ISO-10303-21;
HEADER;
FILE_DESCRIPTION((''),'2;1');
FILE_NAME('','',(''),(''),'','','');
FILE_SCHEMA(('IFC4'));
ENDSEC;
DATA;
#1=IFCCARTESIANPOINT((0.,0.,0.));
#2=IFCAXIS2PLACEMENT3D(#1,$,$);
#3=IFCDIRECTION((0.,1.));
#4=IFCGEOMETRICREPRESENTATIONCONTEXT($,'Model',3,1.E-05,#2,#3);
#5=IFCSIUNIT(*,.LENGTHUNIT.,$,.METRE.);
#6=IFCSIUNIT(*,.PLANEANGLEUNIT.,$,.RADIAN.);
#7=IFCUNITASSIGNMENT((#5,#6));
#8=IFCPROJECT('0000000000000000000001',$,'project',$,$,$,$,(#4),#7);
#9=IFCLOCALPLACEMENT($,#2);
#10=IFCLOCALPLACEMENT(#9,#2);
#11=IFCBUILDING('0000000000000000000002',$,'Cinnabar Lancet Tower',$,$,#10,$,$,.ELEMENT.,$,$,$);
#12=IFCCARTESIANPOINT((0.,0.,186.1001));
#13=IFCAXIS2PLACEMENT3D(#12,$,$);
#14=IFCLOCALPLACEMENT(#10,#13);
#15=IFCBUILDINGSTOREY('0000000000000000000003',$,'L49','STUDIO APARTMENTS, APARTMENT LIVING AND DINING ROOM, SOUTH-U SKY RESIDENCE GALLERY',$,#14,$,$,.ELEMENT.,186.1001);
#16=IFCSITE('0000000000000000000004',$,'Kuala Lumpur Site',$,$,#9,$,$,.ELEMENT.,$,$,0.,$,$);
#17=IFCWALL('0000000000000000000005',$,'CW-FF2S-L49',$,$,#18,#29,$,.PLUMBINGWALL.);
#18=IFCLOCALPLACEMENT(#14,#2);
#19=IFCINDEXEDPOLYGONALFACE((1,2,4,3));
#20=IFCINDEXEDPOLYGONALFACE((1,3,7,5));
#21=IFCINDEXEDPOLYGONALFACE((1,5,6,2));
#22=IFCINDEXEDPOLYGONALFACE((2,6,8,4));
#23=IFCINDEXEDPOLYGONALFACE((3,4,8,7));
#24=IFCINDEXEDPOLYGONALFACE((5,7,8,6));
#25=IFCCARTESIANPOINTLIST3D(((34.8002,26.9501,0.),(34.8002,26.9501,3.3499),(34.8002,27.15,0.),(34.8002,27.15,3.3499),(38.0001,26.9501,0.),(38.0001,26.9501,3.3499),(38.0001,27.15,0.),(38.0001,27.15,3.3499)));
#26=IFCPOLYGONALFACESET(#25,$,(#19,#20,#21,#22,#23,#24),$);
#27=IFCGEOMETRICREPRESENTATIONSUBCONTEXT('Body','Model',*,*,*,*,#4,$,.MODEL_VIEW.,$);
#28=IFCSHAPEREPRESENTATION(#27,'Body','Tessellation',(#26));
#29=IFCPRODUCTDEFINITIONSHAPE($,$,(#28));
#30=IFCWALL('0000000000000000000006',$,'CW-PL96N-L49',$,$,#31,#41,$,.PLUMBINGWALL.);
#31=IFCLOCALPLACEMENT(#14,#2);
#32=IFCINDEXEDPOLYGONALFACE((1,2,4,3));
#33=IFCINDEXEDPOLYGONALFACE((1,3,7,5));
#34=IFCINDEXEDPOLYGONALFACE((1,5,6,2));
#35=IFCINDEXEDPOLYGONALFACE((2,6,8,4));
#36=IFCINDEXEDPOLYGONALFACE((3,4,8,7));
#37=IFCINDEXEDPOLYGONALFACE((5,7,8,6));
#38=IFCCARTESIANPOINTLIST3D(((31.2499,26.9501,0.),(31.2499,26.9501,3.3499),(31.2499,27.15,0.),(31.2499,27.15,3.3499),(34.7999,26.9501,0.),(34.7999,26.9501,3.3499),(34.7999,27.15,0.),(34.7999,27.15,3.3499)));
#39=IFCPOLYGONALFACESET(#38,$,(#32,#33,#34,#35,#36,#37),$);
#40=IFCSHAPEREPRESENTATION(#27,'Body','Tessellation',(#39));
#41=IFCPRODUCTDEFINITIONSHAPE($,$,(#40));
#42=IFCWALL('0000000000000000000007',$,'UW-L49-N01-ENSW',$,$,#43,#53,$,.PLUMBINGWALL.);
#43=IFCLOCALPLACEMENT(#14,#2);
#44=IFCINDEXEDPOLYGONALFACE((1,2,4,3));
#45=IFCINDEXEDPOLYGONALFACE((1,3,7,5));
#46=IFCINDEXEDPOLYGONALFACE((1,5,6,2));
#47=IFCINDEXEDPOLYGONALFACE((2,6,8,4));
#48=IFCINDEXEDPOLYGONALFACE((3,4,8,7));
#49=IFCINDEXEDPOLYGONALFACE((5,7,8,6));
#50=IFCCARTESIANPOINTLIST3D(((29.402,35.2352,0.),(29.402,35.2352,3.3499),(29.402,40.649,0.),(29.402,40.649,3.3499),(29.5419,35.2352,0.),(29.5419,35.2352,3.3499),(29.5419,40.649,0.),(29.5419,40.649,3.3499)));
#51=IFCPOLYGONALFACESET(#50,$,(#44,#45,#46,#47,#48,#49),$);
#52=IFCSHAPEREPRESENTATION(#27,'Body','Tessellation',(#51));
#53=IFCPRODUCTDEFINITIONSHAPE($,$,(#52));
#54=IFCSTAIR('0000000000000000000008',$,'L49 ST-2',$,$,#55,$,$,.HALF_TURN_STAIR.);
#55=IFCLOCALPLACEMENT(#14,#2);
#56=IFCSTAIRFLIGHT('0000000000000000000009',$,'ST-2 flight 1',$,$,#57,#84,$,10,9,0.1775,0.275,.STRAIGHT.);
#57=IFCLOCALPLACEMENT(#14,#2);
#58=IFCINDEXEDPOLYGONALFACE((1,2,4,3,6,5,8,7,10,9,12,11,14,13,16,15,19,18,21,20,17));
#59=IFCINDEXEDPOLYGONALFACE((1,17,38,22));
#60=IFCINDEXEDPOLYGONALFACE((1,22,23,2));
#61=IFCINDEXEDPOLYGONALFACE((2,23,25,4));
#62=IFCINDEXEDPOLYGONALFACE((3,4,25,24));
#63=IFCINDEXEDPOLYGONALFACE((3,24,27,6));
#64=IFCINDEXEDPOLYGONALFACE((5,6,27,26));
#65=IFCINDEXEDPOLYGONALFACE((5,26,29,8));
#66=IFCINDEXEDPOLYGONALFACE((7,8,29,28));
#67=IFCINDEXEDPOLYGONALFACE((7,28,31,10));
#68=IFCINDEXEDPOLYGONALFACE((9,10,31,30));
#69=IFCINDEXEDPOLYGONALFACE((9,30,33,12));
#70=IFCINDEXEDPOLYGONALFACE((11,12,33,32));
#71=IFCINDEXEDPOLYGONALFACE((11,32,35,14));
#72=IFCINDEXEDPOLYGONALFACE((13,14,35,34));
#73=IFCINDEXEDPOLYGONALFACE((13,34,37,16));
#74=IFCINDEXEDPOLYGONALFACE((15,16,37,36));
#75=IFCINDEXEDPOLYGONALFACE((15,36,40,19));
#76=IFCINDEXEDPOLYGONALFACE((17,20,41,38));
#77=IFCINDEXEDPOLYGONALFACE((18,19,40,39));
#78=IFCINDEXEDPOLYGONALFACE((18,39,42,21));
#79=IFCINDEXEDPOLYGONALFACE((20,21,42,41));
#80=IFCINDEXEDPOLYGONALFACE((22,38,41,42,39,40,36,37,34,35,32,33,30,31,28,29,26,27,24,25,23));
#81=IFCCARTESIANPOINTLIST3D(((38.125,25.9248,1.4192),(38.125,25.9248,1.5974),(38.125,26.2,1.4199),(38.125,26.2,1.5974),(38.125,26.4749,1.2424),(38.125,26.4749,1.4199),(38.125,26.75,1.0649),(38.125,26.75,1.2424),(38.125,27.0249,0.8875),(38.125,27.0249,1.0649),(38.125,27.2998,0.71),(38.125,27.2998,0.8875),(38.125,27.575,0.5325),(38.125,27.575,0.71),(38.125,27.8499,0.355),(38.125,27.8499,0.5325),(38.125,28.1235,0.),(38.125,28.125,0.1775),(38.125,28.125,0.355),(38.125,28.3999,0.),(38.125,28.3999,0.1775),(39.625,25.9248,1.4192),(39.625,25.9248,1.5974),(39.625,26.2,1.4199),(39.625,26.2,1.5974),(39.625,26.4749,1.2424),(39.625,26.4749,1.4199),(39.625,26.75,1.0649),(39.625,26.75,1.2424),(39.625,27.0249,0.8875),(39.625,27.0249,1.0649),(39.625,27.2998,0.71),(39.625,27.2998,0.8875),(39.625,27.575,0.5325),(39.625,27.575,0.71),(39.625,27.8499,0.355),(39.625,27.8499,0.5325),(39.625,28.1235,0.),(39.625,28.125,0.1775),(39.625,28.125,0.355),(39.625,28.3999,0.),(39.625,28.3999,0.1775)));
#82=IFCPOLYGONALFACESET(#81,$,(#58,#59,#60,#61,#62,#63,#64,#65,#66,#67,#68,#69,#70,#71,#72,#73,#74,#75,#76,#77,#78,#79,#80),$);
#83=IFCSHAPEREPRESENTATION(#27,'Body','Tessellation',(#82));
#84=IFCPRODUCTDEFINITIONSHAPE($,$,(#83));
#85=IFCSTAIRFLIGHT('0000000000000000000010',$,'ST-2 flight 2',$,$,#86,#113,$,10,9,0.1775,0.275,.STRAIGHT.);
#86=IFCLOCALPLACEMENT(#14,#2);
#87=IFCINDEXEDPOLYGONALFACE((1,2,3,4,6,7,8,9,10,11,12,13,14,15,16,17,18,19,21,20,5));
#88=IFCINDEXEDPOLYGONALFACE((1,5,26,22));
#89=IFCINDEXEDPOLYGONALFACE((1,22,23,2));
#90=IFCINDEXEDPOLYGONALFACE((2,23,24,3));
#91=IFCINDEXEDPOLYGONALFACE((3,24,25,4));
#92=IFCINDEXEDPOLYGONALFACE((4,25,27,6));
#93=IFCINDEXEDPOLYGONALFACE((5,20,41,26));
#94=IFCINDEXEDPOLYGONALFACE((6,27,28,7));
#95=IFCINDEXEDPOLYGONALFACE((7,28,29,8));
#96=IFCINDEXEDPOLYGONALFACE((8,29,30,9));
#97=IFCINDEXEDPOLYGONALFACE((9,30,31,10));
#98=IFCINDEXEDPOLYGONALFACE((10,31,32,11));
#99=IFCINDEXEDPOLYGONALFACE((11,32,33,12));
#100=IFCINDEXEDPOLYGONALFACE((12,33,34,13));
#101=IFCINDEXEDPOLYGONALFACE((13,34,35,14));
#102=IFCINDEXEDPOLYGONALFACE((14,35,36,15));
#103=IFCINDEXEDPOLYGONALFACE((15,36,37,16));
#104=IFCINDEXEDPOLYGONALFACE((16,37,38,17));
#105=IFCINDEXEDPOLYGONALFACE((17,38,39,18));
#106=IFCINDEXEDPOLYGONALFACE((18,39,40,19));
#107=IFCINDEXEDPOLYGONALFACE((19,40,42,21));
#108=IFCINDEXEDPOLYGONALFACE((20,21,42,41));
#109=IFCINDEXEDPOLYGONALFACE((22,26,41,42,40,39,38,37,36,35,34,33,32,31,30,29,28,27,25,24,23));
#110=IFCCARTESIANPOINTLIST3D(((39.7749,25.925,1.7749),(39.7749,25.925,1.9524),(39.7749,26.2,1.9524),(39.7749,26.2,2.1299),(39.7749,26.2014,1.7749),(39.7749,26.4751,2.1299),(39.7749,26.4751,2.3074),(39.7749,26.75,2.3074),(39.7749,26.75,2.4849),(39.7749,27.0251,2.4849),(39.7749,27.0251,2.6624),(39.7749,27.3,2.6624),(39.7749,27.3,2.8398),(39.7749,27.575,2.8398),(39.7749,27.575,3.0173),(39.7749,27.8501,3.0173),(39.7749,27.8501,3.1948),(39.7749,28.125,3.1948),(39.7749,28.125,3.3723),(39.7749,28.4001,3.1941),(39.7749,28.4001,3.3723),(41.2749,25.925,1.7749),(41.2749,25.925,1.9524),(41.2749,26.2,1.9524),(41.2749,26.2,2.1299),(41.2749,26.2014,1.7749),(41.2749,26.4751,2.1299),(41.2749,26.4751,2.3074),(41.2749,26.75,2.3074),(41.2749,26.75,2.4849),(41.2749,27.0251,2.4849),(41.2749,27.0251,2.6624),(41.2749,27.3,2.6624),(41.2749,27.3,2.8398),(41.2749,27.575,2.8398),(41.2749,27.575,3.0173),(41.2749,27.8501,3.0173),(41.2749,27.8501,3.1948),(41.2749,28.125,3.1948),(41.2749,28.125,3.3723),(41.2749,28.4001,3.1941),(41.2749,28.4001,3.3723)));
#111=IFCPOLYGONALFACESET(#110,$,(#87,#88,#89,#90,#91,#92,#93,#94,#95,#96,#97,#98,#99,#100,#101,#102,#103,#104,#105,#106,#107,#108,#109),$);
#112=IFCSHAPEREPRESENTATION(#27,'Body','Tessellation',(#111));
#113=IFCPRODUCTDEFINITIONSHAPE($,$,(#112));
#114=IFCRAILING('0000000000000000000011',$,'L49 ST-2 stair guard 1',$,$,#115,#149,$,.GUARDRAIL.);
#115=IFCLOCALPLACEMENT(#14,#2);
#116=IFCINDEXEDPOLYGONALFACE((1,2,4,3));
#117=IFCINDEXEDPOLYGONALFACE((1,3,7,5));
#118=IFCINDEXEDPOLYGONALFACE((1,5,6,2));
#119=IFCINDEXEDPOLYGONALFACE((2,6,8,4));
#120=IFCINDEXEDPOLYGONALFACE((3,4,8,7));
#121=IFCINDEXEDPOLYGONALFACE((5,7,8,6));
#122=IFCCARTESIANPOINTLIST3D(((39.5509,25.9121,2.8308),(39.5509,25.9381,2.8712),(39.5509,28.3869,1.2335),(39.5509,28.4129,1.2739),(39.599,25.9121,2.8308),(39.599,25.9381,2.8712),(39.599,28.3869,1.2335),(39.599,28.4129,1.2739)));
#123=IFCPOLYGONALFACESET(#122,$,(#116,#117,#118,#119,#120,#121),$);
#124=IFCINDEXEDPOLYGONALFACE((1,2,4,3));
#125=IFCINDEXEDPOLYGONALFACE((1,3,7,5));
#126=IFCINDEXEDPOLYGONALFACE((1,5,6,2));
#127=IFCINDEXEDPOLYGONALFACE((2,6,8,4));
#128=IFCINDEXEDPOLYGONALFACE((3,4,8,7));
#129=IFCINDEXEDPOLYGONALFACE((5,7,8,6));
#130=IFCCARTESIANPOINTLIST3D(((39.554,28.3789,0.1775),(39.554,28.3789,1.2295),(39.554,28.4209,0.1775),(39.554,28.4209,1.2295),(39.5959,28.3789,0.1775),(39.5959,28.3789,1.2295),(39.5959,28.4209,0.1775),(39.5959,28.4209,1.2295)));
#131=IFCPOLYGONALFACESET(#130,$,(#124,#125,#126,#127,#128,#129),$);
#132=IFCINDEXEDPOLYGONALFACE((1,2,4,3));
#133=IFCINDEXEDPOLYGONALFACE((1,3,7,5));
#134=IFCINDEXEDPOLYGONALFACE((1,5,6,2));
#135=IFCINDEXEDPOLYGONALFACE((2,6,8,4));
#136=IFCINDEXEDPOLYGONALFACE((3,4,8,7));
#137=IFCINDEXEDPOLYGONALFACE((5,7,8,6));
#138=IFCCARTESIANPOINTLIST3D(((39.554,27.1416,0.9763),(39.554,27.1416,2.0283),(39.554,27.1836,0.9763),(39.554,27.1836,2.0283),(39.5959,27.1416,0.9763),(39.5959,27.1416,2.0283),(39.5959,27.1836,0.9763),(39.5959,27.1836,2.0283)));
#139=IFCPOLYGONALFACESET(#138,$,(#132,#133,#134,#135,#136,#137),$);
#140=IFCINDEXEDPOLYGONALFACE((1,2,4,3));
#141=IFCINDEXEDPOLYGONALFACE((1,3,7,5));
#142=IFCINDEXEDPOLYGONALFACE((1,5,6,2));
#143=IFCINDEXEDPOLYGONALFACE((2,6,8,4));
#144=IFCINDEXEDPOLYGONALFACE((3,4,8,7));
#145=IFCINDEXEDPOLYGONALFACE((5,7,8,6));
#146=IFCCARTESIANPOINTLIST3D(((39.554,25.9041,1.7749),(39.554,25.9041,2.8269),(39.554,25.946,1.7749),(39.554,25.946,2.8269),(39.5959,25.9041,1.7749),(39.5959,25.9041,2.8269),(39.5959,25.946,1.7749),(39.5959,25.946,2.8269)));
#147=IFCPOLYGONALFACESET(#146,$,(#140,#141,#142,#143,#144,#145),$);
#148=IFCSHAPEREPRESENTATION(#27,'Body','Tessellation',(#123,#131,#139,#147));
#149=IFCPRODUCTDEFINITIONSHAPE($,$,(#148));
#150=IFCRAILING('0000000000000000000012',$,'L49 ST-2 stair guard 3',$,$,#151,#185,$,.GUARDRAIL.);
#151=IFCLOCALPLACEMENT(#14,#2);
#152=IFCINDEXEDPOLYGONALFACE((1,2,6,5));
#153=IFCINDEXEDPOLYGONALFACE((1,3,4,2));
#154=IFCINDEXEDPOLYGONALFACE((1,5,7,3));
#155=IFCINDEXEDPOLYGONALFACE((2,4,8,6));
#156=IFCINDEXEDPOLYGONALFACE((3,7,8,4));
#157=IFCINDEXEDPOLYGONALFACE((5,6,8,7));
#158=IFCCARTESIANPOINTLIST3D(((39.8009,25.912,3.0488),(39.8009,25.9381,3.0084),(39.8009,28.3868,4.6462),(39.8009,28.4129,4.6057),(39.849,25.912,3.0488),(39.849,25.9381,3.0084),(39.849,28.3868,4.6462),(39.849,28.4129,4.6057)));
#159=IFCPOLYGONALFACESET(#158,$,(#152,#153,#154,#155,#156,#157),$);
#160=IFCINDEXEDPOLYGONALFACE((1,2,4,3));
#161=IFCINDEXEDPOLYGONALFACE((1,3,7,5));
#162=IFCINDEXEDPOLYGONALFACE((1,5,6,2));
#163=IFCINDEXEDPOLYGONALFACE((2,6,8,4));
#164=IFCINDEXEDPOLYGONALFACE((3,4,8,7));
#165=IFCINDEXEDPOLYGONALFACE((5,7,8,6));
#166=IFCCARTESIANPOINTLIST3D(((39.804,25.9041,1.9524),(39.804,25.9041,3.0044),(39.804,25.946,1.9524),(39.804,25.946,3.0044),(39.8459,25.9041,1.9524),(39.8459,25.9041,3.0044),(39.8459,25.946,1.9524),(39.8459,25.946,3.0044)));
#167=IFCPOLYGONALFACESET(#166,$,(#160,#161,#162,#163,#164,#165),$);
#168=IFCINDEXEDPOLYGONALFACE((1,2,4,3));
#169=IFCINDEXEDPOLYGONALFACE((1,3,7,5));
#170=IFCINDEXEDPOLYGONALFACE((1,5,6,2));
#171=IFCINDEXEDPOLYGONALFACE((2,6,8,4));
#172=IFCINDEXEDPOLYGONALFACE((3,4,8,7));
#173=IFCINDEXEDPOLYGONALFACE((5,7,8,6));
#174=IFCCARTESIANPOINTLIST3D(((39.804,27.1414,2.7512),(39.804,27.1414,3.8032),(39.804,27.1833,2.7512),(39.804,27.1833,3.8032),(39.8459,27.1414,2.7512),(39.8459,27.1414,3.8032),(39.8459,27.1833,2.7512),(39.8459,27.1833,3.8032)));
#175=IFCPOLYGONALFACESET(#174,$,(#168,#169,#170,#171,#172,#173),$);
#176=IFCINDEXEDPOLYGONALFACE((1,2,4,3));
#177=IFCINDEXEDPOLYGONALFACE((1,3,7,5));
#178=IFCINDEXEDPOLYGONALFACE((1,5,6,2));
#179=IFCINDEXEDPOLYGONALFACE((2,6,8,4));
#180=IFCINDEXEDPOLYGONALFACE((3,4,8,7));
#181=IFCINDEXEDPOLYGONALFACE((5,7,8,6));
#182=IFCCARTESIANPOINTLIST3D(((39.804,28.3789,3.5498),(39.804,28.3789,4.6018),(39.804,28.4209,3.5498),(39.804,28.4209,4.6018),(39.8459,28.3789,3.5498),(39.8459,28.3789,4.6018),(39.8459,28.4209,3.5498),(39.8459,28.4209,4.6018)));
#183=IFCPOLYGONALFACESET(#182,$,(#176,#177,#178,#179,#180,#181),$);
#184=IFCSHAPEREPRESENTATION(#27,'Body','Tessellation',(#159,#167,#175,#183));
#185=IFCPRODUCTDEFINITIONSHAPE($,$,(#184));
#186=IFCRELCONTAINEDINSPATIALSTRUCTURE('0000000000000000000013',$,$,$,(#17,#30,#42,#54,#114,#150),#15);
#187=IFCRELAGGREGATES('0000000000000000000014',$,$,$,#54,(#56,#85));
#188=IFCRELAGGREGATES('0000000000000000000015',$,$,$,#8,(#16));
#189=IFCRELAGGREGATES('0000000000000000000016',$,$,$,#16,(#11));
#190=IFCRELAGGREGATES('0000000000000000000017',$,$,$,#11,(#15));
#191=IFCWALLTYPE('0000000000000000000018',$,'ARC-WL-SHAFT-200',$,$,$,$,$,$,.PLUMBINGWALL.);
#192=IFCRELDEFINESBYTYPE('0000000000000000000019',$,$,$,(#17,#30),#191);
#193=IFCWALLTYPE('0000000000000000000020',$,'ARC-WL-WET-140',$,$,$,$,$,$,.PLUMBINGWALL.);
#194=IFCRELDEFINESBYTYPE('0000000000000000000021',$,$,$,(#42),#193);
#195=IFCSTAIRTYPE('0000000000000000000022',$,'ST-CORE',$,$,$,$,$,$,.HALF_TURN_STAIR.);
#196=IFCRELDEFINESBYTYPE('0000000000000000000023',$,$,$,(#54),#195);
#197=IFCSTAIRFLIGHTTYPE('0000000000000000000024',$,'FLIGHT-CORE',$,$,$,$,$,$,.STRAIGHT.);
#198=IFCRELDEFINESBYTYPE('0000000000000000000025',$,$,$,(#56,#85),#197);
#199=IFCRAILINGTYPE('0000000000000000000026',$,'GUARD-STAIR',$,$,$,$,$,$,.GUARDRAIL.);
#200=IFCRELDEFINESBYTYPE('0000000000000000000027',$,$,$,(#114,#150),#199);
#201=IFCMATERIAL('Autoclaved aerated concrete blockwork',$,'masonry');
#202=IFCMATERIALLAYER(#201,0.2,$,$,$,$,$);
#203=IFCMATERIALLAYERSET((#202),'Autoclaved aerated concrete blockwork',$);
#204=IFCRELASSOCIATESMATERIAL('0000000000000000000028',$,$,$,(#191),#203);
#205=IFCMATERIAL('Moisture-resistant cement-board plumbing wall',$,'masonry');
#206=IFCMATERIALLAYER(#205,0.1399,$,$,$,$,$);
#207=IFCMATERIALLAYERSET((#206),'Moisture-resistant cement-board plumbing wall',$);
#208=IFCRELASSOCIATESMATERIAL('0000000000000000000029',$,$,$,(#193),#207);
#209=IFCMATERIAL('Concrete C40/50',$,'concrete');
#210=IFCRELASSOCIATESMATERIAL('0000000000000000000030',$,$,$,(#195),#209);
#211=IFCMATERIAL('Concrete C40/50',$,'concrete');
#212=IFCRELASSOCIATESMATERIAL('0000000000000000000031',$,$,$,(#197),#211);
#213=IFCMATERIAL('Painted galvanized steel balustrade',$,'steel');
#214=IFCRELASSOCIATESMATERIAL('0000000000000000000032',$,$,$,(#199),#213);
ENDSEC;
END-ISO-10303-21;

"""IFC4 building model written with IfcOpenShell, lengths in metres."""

from ifc_helpers import new_model, si_unit, direction, frame, frame_2d, origin, origin_2d, place, context, subcontext, project, spatial, polyline, rectangle, outline, extrude, material, layer, layer_set, type_object, element, aggregate, save


model = new_model("IFC4")

# Units and contexts
model_context = context("Model", 3, precision=1e-05, world=origin(), true_north=direction((0.0, 1.0)))
body_context = subcontext(model_context, "Body", "Model", "MODEL_VIEW")
ifc_project = project(units=[si_unit("LENGTHUNIT", "METRE"), si_unit("PLANEANGLEUNIT", "RADIAN")], contexts=[model_context])

# Site, building, storey
site_placement = place(None, origin())
site = spatial("IfcSite", under=ifc_project, at=site_placement, Name="Kuala Lumpur Site", CompositionType="ELEMENT", RefElevation=0.0)
building_placement = place(site_placement, origin())
building = spatial("IfcBuilding", under=site, at=building_placement, Name="Cinnabar Lancet Tower", CompositionType="ELEMENT")
storey_placement = place(building_placement, frame((0.0, 0.0, 186.1001)))
storey = spatial("IfcBuildingStorey", under=building, at=storey_placement, Name="L49", Description="STUDIO APARTMENTS, APARTMENT LIVING AND DINING ROOM, SOUTH-U SKY RESIDENCE GALLERY", CompositionType="ELEMENT", Elevation=186.1001)

# Shared definitions
ifc_material_1 = material(Name="Autoclaved aerated concrete blockwork", Category="masonry")
ifc_layer_1 = layer(ifc_material_1, 0.2)
ifc_layer_set_1 = layer_set([ifc_layer_1], Name="Autoclaved aerated concrete blockwork")
wall_type_1 = type_object("IfcWallType", Name="ARC-WL-SHAFT-200", PredefinedType="PLUMBINGWALL", material=ifc_layer_set_1)

# Walls
wall_1_placement = place(storey_placement, frame((34.8, 27.05, 0.0), z_axis=(0.0, 0.0, 1.0), x_axis=(1.0, 0.0, 0.0)))
element("IfcWall", 1, at=wall_1_placement, inside=storey, type_object=wall_type_1, Name="CW-FF2S-L49", PredefinedType="PLUMBINGWALL", context=body_context, shape_type="SweptSolid", body=[
    extrude(rectangle(XDim=3.2, YDim=0.2, at=frame_2d((1.6001, 0.0))), origin(), (0.0, 0.0, 1.0), 3.3499),
])
wall_2_placement = place(storey_placement, frame((31.25, 27.05, 0.0), z_axis=(0.0, 0.0, 1.0), x_axis=(1.0, 0.0, 0.0)))
element("IfcWall", 2, at=wall_2_placement, inside=storey, type_object=wall_type_1, Name="CW-PL96N-L49", PredefinedType="PLUMBINGWALL", context=body_context, shape_type="SweptSolid", body=[
    extrude(rectangle(XDim=3.55, YDim=0.2, at=frame_2d((1.7749, 0.0))), origin(), (0.0, 0.0, 1.0), 3.3499),
])
ifc_material_2 = material(Name="Moisture-resistant cement-board plumbing wall", Category="masonry")
ifc_layer_2 = layer(ifc_material_2, 0.1399)
ifc_layer_set_2 = layer_set([ifc_layer_2], Name="Moisture-resistant cement-board plumbing wall")
wall_type_2 = type_object("IfcWallType", Name="ARC-WL-WET-140", PredefinedType="PLUMBINGWALL", material=ifc_layer_set_2)
wall_3_placement = place(storey_placement, frame((29.4719, 35.2351, 0.0), z_axis=(0.0, 0.0, 1.0), x_axis=(0.0, 1.0, 0.0)))
element("IfcWall", 3, at=wall_3_placement, inside=storey, type_object=wall_type_2, Name="UW-L49-N01-ENSW", PredefinedType="PLUMBINGWALL", context=body_context, shape_type="SweptSolid", body=[
    extrude(rectangle(XDim=5.4138, YDim=0.1399, at=frame_2d((2.707, 0.0))), origin(), (0.0, 0.0, 1.0), 3.3499),
])

# Stair, stair flights
ifc_material_3 = material(Name="Concrete C40/50", Category="concrete")
stair_type = type_object("IfcStairType", Name="ST-CORE", PredefinedType="HALF_TURN_STAIR", material=ifc_material_3)
stair_placement = place(storey_placement, origin())
stair = element("IfcStair", 4, at=stair_placement, inside=storey, type_object=stair_type, Name="L49 ST-2", PredefinedType="HALF_TURN_STAIR")
ifc_material_4 = material(Name="Concrete C40/50", Category="concrete")
stair_flight_type = type_object("IfcStairFlightType", Name="FLIGHT-CORE", PredefinedType="STRAIGHT", material=ifc_material_4)
stair_flight_1_placement = place(storey_placement, frame((38.875, 28.3999, 0.0), z_axis=(0.0, 0.0, 1.0), x_axis=(0.0, -1.0, 0.0)))
stair_flight_1 = element("IfcStairFlight", 5, at=stair_flight_1_placement, type_object=stair_flight_type, Name="ST-2 flight 1", NumberOfRisers=10, NumberOfTreads=9, PredefinedType="STRAIGHT", RiserHeight=0.1775, TreadLength=0.275, context=body_context, shape_type="SweptSolid", body=[
    extrude(outline(polyline([(0.0, 0.0), (0.0, 0.1775), (0.2749, 0.1775), (0.2749, 0.355), (0.55, 0.355), (0.55, 0.5325), (0.825, 0.5325), (0.825, 0.71), (1.1001, 0.71), (1.1001, 0.8875), (1.375, 0.8875), (1.375, 1.0649), (1.6499, 1.0649), (1.6499, 1.2424), (1.925, 1.2424), (1.925, 1.4199), (2.2, 1.4199), (2.2, 1.5974), (2.4751, 1.5974), (2.4751, 1.7749), (2.4751, 1.4192), (0.2764, 0.0), (0.0, 0.0)])), frame((0.0, 0.75, 0.0), z_axis=(0.0, -1.0, 0.0), x_axis=(1.0, 0.0, 0.0)), (0.0, 0.0, 1.0), 1.5),
])
stair_flight_2_placement = place(storey_placement, frame((40.5249, 25.925, 1.7749), z_axis=(0.0, 0.0, 1.0), x_axis=(0.0, 1.0, 0.0)))
stair_flight_2 = element("IfcStairFlight", 6, at=stair_flight_2_placement, type_object=stair_flight_type, Name="ST-2 flight 2", NumberOfRisers=10, NumberOfTreads=9, PredefinedType="STRAIGHT", RiserHeight=0.1775, TreadLength=0.275, context=body_context, shape_type="SweptSolid", body=[
    extrude(outline(polyline([(0.0, 0.0), (0.0, 0.1775), (0.2749, 0.1775), (0.2749, 0.355), (0.55, 0.355), (0.55, 0.5325), (0.825, 0.5325), (0.825, 0.71), (1.1001, 0.71), (1.1001, 0.8875), (1.375, 0.8875), (1.375, 1.0649), (1.6499, 1.0649), (1.6499, 1.2424), (1.925, 1.2424), (1.925, 1.4199), (2.2, 1.4199), (2.2, 1.5974), (2.4751, 1.5974), (2.4751, 1.7749), (2.4751, 1.4192), (0.2764, 0.0), (0.0, 0.0)])), frame((0.0, 0.75, 0.0), z_axis=(0.0, -1.0, 0.0), x_axis=(1.0, 0.0, 0.0)), (0.0, 0.0, 1.0), 1.5),
])
aggregate(stair, [stair_flight_1, stair_flight_2])

# Railings
ifc_material_5 = material(Name="Painted galvanized steel balustrade", Category="steel")
railing_type_1 = type_object("IfcRailingType", Name="GUARD-STAIR", PredefinedType="GUARDRAIL", material=ifc_material_5)
railing_1_placement = place(storey_placement, frame((39.575, 28.3999, 0.1775)))
element("IfcRailing", 7, at=railing_1_placement, inside=storey, type_object=railing_type_1, Name="L49 ST-2 stair guard 1", PredefinedType="GUARDRAIL", context=body_context, shape_type="SweptSolid", body=[
    extrude(rectangle(XDim=0.0481, YDim=0.0481, at=origin_2d()), frame((0.0, 0.0, 1.0762), z_axis=(0.0, -0.840183, 0.542302), x_axis=(1.0, 0.0, 0.0)), (0.0, 0.0, 1.0), 2.9456),
    extrude(rectangle(XDim=0.042, YDim=0.042, at=origin_2d()), origin(), (0.0, 0.0, 1.0), 1.052),
    extrude(rectangle(XDim=0.042, YDim=0.042, at=origin_2d()), frame((0.0, -1.2373, 0.7988)), (0.0, 0.0, 1.0), 1.052),
    extrude(rectangle(XDim=0.042, YDim=0.042, at=origin_2d()), frame((0.0, -2.4749, 1.5974)), (0.0, 0.0, 1.0), 1.052),
])
railing_2_placement = place(storey_placement, frame((39.825, 25.925, 1.9524)))
element("IfcRailing", 8, at=railing_2_placement, inside=storey, type_object=railing_type_1, Name="L49 ST-2 stair guard 3", PredefinedType="GUARDRAIL", context=body_context, shape_type="SweptSolid", body=[
    extrude(rectangle(XDim=0.0481, YDim=0.0481, at=origin_2d()), frame((0.0, 0.0, 1.0762), z_axis=(0.0, 0.840183, 0.542302), x_axis=(-1.0, 0.0, 0.0)), (0.0, 0.0, 1.0), 2.9456),
    extrude(rectangle(XDim=0.042, YDim=0.042, at=origin_2d()), origin(), (0.0, 0.0, 1.0), 1.052),
    extrude(rectangle(XDim=0.042, YDim=0.042, at=origin_2d()), frame((0.0, 1.2373, 0.7988)), (0.0, 0.0, 1.0), 1.052),
    extrude(rectangle(XDim=0.042, YDim=0.042, at=origin_2d()), frame((0.0, 2.4749, 1.5974)), (0.0, 0.0, 1.0), 1.052),
])

save(model, "model.ifc")
